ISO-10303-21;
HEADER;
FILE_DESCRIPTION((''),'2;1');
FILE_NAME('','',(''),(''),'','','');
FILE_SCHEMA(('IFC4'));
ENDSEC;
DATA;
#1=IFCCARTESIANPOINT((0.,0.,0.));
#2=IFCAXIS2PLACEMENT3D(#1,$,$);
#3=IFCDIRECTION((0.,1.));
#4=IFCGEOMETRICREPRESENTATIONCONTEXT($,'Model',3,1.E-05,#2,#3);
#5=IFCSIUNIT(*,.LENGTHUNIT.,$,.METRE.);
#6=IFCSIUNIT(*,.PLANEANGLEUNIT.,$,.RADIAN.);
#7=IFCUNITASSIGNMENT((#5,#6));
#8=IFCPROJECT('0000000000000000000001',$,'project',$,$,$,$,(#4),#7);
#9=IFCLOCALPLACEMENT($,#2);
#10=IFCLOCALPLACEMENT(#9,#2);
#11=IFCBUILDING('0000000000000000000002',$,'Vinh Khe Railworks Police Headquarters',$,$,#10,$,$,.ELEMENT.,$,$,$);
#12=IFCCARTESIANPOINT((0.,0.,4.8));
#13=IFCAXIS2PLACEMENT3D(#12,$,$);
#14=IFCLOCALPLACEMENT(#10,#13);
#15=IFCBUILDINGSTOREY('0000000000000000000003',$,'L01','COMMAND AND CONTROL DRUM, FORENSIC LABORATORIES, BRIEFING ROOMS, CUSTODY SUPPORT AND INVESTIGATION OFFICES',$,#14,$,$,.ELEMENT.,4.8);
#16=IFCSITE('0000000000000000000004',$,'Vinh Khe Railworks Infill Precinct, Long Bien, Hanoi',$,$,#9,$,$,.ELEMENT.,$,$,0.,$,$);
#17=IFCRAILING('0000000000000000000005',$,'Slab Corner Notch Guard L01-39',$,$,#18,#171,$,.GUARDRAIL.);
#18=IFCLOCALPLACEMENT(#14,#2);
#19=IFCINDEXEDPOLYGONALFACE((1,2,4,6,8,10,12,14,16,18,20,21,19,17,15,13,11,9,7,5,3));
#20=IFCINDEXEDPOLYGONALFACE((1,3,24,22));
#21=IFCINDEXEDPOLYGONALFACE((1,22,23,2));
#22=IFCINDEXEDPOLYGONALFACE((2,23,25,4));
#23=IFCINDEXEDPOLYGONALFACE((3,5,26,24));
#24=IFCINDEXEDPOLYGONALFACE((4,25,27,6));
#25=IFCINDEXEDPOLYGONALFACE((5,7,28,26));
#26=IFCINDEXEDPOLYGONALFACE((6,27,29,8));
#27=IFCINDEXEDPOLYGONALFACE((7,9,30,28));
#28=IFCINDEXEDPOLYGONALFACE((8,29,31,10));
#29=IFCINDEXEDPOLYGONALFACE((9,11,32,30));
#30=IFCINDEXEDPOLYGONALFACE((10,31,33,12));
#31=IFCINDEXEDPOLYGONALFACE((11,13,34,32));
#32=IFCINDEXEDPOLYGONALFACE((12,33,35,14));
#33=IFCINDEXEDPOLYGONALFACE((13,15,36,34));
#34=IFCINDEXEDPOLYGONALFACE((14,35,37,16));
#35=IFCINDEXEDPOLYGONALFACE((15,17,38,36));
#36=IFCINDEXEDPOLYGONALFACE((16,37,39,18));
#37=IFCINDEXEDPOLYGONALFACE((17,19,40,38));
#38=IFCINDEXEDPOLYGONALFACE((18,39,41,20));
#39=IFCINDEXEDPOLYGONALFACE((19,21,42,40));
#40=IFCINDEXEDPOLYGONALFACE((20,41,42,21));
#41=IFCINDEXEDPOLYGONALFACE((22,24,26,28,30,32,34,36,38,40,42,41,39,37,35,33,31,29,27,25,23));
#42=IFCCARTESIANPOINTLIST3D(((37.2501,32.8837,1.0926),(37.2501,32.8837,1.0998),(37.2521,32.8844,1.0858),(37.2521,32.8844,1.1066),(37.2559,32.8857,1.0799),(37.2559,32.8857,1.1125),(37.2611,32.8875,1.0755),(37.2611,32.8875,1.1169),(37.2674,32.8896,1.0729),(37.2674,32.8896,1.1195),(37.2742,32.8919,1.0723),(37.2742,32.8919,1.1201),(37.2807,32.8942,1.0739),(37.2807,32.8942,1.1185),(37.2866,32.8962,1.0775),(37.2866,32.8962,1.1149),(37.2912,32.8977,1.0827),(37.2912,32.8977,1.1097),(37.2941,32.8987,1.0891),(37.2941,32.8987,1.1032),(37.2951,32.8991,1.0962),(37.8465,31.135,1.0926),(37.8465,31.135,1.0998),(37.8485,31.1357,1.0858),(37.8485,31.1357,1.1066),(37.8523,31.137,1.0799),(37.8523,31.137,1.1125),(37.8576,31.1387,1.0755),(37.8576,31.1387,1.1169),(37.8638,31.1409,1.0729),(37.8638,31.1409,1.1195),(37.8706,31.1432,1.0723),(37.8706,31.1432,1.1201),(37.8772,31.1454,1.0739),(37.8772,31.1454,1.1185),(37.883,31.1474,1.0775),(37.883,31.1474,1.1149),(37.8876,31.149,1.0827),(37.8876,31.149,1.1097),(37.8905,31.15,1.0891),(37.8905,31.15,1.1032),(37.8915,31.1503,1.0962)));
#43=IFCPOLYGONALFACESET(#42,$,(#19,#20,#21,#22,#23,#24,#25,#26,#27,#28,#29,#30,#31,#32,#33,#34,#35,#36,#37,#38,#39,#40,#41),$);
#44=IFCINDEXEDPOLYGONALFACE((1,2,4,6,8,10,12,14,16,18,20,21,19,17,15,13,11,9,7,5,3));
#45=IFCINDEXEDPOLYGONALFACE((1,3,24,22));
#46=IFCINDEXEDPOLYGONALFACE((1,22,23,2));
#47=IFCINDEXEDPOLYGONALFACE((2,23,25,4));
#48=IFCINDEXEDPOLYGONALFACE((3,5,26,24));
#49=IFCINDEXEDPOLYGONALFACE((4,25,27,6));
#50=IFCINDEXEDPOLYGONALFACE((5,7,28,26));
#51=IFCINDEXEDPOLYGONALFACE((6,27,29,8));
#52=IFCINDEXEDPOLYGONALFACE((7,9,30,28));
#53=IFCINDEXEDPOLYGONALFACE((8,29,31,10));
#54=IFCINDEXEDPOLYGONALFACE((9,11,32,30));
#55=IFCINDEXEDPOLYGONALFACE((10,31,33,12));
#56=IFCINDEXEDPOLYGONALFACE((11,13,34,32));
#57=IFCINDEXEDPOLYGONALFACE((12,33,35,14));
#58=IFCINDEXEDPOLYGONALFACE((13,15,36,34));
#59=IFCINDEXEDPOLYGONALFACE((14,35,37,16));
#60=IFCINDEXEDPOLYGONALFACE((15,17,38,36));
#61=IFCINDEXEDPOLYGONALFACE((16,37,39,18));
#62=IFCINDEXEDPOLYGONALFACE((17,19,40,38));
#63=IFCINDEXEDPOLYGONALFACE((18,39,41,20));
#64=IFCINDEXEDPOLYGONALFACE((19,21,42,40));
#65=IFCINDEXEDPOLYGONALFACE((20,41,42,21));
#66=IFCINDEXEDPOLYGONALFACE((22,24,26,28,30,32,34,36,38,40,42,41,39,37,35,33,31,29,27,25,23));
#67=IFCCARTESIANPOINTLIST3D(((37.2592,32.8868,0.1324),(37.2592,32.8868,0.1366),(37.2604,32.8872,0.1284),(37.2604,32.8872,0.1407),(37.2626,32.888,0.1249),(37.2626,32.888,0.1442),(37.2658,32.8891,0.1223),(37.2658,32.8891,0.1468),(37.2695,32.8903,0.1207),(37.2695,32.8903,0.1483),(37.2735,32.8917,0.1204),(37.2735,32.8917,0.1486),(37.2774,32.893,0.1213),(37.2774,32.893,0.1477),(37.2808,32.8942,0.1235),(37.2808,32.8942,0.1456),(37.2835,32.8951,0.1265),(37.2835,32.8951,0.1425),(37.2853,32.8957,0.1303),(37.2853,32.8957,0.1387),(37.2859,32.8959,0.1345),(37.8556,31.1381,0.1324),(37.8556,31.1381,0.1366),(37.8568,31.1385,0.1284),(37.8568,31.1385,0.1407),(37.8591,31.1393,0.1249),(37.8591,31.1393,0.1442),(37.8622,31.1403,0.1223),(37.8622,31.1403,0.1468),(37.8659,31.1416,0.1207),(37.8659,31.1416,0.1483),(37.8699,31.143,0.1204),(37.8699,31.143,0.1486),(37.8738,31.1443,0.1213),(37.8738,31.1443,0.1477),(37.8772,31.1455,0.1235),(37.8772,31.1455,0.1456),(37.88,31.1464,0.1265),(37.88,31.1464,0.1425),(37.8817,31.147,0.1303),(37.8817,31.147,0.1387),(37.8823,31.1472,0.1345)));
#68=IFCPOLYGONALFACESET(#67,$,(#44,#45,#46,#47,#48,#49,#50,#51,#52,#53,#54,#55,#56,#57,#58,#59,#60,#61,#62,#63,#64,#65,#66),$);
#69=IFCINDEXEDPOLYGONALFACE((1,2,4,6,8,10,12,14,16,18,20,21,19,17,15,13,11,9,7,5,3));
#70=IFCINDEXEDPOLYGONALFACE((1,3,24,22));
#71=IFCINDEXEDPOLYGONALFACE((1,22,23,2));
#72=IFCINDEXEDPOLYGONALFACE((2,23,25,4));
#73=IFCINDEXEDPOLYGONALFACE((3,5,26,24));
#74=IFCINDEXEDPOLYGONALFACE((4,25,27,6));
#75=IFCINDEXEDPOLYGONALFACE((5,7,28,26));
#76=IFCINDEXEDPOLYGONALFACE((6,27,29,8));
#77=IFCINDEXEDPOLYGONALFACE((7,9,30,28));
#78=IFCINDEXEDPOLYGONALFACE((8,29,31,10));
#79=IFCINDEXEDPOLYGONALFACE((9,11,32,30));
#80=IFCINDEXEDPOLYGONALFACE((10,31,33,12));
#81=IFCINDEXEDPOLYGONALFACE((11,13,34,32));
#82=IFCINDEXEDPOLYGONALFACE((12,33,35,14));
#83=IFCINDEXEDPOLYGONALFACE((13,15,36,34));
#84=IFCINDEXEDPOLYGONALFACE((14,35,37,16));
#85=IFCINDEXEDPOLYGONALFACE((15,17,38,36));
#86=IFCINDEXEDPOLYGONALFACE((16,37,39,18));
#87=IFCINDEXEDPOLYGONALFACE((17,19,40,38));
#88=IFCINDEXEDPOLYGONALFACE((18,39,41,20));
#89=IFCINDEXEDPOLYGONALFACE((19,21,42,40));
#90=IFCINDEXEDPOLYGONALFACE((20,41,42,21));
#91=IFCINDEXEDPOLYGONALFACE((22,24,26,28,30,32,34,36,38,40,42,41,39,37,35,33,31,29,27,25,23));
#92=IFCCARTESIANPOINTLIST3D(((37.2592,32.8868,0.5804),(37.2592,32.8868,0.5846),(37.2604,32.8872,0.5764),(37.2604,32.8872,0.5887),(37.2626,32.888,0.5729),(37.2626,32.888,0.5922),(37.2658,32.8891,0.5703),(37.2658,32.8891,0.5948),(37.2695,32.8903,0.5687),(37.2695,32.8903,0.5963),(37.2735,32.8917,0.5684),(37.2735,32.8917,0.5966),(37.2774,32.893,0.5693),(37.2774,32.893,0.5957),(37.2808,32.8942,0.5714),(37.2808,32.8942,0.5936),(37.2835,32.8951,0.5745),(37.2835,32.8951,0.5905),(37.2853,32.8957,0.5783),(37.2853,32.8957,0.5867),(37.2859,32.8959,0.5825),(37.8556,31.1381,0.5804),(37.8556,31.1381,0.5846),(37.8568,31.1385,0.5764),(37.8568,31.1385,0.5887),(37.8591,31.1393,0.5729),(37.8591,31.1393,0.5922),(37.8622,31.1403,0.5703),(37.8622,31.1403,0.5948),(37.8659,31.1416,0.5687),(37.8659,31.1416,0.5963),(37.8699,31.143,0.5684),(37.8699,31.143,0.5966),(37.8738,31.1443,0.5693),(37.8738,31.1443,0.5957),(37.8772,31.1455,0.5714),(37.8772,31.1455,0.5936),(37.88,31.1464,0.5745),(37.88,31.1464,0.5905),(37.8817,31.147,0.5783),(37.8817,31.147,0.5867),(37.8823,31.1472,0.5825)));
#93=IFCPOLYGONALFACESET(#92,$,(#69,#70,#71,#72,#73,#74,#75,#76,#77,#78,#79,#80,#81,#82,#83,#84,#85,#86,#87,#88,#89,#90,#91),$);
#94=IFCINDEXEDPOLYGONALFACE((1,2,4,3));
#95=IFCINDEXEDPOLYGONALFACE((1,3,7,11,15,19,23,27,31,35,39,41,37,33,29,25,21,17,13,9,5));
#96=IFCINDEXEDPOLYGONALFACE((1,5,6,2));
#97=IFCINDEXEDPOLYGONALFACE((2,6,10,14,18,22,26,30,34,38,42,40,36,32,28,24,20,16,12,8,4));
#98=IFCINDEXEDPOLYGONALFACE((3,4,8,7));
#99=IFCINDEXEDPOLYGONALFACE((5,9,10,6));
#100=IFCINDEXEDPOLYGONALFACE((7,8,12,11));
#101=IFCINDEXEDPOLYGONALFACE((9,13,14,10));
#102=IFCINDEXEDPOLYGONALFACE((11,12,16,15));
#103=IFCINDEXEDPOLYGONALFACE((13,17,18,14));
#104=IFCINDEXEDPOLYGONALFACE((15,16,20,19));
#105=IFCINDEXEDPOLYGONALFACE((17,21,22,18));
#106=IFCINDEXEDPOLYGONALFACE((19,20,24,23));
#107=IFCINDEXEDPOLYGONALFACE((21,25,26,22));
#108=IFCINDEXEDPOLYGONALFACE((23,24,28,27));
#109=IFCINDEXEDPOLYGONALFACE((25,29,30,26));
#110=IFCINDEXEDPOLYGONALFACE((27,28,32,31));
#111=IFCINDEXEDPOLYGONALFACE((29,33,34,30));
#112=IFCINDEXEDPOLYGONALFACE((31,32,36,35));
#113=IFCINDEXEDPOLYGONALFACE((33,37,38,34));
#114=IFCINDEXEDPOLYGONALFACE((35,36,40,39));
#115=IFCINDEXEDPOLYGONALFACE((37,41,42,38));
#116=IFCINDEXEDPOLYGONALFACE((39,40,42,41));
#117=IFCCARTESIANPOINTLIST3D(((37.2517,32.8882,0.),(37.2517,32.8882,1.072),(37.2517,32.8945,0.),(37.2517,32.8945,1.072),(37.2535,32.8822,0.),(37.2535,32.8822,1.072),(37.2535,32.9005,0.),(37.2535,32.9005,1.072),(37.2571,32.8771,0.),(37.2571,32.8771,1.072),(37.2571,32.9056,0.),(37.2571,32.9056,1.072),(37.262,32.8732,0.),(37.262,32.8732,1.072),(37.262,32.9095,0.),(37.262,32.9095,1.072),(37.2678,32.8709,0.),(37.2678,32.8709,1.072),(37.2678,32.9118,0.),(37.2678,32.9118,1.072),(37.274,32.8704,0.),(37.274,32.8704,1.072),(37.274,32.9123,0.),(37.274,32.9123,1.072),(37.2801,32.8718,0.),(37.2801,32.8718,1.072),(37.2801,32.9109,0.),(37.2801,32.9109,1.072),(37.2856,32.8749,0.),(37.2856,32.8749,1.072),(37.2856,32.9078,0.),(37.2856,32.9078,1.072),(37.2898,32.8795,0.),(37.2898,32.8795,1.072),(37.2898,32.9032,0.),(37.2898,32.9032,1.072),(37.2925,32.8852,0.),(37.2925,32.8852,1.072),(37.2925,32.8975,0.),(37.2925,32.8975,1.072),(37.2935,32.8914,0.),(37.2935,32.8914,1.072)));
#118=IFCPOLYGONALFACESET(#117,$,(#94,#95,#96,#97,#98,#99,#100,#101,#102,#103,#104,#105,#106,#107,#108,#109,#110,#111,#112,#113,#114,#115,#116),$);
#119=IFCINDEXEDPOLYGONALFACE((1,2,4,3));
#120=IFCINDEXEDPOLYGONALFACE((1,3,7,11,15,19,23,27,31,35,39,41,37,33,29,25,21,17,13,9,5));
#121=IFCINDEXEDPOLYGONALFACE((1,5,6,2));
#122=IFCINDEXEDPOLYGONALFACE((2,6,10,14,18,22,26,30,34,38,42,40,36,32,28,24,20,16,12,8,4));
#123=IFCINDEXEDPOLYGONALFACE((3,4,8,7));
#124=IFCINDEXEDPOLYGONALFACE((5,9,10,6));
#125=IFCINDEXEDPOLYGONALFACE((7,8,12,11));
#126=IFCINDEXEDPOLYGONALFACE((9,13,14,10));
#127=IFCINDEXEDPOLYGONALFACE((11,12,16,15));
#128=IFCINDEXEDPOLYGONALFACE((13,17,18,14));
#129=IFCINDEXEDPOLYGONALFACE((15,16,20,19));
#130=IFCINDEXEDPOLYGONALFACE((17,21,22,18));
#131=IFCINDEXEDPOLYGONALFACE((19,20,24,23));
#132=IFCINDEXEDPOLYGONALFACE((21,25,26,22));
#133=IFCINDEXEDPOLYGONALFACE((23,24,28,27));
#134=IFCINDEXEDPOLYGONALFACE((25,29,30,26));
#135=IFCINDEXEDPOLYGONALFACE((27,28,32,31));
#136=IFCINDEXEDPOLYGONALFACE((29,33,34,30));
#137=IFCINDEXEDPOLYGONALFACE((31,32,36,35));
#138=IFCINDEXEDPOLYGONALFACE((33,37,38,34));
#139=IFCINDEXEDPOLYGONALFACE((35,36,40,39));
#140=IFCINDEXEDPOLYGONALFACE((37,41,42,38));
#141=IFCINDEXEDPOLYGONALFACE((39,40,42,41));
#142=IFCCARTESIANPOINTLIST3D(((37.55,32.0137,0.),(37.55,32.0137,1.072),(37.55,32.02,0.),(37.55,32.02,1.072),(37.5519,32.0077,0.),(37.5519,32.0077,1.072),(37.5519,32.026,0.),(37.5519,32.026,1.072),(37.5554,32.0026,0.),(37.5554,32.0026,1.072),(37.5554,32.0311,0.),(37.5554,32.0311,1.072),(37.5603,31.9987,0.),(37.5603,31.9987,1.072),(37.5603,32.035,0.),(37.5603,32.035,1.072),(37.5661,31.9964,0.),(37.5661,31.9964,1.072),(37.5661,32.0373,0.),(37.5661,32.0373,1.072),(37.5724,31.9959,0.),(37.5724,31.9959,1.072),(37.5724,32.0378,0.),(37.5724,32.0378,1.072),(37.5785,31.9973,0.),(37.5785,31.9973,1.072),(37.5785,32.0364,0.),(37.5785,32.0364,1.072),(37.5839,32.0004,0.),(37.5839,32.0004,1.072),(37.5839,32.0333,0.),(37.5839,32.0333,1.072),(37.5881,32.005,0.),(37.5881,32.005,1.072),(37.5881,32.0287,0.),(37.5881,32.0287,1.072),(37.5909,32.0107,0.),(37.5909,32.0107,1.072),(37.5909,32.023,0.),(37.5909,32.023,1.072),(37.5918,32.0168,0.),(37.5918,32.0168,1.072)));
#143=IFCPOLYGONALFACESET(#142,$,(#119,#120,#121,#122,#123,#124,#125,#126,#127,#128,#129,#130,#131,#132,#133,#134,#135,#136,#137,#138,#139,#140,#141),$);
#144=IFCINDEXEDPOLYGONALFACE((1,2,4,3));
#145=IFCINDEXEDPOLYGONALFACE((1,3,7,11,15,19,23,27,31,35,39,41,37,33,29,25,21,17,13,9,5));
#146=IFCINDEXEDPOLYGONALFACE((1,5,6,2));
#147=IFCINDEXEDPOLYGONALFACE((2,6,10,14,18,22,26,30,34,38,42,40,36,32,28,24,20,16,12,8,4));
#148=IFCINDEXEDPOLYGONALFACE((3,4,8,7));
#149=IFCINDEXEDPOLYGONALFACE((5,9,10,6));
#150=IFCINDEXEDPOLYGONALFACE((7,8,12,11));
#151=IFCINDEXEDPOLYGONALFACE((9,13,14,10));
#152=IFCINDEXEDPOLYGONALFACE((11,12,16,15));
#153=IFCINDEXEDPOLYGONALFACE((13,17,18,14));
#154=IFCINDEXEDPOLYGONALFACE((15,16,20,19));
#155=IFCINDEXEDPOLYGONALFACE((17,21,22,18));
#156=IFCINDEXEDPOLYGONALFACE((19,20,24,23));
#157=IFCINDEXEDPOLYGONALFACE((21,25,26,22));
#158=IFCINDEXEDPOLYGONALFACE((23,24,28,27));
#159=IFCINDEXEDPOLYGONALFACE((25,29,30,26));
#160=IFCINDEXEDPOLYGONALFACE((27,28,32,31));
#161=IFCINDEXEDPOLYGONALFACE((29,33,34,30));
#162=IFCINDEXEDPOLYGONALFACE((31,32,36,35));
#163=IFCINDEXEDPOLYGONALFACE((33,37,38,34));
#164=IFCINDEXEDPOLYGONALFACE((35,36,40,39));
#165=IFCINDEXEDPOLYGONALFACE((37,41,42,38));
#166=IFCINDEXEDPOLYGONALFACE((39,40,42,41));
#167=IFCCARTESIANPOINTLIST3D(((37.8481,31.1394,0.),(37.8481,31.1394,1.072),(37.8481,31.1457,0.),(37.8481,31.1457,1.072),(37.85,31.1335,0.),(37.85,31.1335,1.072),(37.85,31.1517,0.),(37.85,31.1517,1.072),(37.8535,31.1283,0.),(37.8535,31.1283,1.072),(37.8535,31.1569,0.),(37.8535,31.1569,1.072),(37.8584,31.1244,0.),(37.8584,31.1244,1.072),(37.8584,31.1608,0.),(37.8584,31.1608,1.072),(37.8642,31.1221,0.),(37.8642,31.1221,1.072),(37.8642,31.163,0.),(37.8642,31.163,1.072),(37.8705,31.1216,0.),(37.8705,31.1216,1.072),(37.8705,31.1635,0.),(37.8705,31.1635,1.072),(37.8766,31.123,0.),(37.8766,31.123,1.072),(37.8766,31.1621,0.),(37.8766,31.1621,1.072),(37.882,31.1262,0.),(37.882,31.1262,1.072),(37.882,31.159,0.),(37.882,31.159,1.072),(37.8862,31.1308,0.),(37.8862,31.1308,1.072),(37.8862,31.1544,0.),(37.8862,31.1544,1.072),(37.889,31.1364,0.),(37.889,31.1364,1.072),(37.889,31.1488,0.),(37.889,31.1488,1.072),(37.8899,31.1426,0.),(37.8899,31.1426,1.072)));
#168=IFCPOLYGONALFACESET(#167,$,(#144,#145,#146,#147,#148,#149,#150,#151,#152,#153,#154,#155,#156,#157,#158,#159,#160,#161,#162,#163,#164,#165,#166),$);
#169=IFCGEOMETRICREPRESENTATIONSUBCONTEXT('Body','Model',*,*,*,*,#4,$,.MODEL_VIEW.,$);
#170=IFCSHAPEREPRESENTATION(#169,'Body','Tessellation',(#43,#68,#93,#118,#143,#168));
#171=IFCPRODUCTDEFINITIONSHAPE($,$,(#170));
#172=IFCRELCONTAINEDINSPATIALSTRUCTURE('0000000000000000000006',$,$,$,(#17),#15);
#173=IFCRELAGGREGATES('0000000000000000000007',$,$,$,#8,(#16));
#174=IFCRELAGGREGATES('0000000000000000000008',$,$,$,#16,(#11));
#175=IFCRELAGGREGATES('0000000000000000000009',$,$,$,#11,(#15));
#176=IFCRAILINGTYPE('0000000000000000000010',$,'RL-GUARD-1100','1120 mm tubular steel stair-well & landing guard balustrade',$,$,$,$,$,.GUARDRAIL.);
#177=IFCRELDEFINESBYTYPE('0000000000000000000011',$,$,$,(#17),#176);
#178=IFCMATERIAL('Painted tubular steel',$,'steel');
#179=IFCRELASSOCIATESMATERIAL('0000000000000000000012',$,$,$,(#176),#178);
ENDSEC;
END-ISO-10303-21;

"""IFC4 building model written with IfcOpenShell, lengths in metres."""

from ifc_helpers import new_model, si_unit, direction, frame, origin, origin_2d, place, context, subcontext, project, spatial, circle, extrude, material, type_object, element, save


model = new_model("IFC4")

# Units and contexts
model_context = context("Model", 3, precision=1e-05, world=origin(), true_north=direction((0.0, 1.0)))
body_context = subcontext(model_context, "Body", "Model", "MODEL_VIEW")
ifc_project = project(units=[si_unit("LENGTHUNIT", "METRE"), si_unit("PLANEANGLEUNIT", "RADIAN")], contexts=[model_context])

# Site, building, storey
site_placement = place(None, origin())
site = spatial("IfcSite", under=ifc_project, at=site_placement, Name="Vinh Khe Railworks Infill Precinct, Long Bien, Hanoi", CompositionType="ELEMENT", RefElevation=0.0)
building_placement = place(site_placement, origin())
building = spatial("IfcBuilding", under=site, at=building_placement, Name="Vinh Khe Railworks Police Headquarters", CompositionType="ELEMENT")
storey_placement = place(building_placement, frame((0.0, 0.0, 4.8)))
storey = spatial("IfcBuildingStorey", under=building, at=storey_placement, Name="L01", Description="COMMAND AND CONTROL DRUM, FORENSIC LABORATORIES, BRIEFING ROOMS, CUSTODY SUPPORT AND INVESTIGATION OFFICES", CompositionType="ELEMENT", Elevation=4.8)

# Railing
ifc_material_1 = material(Name="Painted tubular steel", Category="steel")
railing_type = type_object("IfcRailingType", Name="RL-GUARD-1100", Description="1120 mm tubular steel stair-well & landing guard balustrade", PredefinedType="GUARDRAIL", material=ifc_material_1)
railing_1_placement = place(storey_placement, frame((37.2725, 32.8914, 0.0)))
element("IfcRailing", 1, at=railing_1_placement, inside=storey, type_object=railing_type, Name="Slab Corner Notch Guard L01-39", PredefinedType="GUARDRAIL", context=body_context, shape_type="SweptSolid", body=[
    extrude(circle(Radius=0.0239, at=origin_2d()), frame((0.0, 0.0, 1.0962), z_axis=(0.3228, -0.946467, 0.0), x_axis=(0.946467, 0.3228, 0.0)), (0.0, 0.0, 1.0), 1.8477),
    extrude(circle(Radius=0.0142, at=origin_2d()), frame((0.0, 0.0, 0.1345), z_axis=(0.3228, -0.946467, 0.0), x_axis=(0.946467, 0.3228, 0.0)), (0.0, 0.0, 1.0), 1.8477),
    extrude(circle(Radius=0.0142, at=origin_2d()), frame((0.0, 0.0, 0.5825), z_axis=(0.3228, -0.946467, 0.0), x_axis=(0.946467, 0.3228, 0.0)), (0.0, 0.0, 1.0), 1.8477),
    extrude(circle(Radius=0.021, at=origin_2d()), origin(), (0.0, 0.0, 1.0), 1.072),
    extrude(circle(Radius=0.021, at=origin_2d()), frame((0.2983, -0.8745, 0.0)), (0.0, 0.0, 1.0), 1.072),
    extrude(circle(Radius=0.021, at=origin_2d()), frame((0.5964, -1.7488, 0.0)), (0.0, 0.0, 1.0), 1.072),
])

save(model, "model.ifc")
